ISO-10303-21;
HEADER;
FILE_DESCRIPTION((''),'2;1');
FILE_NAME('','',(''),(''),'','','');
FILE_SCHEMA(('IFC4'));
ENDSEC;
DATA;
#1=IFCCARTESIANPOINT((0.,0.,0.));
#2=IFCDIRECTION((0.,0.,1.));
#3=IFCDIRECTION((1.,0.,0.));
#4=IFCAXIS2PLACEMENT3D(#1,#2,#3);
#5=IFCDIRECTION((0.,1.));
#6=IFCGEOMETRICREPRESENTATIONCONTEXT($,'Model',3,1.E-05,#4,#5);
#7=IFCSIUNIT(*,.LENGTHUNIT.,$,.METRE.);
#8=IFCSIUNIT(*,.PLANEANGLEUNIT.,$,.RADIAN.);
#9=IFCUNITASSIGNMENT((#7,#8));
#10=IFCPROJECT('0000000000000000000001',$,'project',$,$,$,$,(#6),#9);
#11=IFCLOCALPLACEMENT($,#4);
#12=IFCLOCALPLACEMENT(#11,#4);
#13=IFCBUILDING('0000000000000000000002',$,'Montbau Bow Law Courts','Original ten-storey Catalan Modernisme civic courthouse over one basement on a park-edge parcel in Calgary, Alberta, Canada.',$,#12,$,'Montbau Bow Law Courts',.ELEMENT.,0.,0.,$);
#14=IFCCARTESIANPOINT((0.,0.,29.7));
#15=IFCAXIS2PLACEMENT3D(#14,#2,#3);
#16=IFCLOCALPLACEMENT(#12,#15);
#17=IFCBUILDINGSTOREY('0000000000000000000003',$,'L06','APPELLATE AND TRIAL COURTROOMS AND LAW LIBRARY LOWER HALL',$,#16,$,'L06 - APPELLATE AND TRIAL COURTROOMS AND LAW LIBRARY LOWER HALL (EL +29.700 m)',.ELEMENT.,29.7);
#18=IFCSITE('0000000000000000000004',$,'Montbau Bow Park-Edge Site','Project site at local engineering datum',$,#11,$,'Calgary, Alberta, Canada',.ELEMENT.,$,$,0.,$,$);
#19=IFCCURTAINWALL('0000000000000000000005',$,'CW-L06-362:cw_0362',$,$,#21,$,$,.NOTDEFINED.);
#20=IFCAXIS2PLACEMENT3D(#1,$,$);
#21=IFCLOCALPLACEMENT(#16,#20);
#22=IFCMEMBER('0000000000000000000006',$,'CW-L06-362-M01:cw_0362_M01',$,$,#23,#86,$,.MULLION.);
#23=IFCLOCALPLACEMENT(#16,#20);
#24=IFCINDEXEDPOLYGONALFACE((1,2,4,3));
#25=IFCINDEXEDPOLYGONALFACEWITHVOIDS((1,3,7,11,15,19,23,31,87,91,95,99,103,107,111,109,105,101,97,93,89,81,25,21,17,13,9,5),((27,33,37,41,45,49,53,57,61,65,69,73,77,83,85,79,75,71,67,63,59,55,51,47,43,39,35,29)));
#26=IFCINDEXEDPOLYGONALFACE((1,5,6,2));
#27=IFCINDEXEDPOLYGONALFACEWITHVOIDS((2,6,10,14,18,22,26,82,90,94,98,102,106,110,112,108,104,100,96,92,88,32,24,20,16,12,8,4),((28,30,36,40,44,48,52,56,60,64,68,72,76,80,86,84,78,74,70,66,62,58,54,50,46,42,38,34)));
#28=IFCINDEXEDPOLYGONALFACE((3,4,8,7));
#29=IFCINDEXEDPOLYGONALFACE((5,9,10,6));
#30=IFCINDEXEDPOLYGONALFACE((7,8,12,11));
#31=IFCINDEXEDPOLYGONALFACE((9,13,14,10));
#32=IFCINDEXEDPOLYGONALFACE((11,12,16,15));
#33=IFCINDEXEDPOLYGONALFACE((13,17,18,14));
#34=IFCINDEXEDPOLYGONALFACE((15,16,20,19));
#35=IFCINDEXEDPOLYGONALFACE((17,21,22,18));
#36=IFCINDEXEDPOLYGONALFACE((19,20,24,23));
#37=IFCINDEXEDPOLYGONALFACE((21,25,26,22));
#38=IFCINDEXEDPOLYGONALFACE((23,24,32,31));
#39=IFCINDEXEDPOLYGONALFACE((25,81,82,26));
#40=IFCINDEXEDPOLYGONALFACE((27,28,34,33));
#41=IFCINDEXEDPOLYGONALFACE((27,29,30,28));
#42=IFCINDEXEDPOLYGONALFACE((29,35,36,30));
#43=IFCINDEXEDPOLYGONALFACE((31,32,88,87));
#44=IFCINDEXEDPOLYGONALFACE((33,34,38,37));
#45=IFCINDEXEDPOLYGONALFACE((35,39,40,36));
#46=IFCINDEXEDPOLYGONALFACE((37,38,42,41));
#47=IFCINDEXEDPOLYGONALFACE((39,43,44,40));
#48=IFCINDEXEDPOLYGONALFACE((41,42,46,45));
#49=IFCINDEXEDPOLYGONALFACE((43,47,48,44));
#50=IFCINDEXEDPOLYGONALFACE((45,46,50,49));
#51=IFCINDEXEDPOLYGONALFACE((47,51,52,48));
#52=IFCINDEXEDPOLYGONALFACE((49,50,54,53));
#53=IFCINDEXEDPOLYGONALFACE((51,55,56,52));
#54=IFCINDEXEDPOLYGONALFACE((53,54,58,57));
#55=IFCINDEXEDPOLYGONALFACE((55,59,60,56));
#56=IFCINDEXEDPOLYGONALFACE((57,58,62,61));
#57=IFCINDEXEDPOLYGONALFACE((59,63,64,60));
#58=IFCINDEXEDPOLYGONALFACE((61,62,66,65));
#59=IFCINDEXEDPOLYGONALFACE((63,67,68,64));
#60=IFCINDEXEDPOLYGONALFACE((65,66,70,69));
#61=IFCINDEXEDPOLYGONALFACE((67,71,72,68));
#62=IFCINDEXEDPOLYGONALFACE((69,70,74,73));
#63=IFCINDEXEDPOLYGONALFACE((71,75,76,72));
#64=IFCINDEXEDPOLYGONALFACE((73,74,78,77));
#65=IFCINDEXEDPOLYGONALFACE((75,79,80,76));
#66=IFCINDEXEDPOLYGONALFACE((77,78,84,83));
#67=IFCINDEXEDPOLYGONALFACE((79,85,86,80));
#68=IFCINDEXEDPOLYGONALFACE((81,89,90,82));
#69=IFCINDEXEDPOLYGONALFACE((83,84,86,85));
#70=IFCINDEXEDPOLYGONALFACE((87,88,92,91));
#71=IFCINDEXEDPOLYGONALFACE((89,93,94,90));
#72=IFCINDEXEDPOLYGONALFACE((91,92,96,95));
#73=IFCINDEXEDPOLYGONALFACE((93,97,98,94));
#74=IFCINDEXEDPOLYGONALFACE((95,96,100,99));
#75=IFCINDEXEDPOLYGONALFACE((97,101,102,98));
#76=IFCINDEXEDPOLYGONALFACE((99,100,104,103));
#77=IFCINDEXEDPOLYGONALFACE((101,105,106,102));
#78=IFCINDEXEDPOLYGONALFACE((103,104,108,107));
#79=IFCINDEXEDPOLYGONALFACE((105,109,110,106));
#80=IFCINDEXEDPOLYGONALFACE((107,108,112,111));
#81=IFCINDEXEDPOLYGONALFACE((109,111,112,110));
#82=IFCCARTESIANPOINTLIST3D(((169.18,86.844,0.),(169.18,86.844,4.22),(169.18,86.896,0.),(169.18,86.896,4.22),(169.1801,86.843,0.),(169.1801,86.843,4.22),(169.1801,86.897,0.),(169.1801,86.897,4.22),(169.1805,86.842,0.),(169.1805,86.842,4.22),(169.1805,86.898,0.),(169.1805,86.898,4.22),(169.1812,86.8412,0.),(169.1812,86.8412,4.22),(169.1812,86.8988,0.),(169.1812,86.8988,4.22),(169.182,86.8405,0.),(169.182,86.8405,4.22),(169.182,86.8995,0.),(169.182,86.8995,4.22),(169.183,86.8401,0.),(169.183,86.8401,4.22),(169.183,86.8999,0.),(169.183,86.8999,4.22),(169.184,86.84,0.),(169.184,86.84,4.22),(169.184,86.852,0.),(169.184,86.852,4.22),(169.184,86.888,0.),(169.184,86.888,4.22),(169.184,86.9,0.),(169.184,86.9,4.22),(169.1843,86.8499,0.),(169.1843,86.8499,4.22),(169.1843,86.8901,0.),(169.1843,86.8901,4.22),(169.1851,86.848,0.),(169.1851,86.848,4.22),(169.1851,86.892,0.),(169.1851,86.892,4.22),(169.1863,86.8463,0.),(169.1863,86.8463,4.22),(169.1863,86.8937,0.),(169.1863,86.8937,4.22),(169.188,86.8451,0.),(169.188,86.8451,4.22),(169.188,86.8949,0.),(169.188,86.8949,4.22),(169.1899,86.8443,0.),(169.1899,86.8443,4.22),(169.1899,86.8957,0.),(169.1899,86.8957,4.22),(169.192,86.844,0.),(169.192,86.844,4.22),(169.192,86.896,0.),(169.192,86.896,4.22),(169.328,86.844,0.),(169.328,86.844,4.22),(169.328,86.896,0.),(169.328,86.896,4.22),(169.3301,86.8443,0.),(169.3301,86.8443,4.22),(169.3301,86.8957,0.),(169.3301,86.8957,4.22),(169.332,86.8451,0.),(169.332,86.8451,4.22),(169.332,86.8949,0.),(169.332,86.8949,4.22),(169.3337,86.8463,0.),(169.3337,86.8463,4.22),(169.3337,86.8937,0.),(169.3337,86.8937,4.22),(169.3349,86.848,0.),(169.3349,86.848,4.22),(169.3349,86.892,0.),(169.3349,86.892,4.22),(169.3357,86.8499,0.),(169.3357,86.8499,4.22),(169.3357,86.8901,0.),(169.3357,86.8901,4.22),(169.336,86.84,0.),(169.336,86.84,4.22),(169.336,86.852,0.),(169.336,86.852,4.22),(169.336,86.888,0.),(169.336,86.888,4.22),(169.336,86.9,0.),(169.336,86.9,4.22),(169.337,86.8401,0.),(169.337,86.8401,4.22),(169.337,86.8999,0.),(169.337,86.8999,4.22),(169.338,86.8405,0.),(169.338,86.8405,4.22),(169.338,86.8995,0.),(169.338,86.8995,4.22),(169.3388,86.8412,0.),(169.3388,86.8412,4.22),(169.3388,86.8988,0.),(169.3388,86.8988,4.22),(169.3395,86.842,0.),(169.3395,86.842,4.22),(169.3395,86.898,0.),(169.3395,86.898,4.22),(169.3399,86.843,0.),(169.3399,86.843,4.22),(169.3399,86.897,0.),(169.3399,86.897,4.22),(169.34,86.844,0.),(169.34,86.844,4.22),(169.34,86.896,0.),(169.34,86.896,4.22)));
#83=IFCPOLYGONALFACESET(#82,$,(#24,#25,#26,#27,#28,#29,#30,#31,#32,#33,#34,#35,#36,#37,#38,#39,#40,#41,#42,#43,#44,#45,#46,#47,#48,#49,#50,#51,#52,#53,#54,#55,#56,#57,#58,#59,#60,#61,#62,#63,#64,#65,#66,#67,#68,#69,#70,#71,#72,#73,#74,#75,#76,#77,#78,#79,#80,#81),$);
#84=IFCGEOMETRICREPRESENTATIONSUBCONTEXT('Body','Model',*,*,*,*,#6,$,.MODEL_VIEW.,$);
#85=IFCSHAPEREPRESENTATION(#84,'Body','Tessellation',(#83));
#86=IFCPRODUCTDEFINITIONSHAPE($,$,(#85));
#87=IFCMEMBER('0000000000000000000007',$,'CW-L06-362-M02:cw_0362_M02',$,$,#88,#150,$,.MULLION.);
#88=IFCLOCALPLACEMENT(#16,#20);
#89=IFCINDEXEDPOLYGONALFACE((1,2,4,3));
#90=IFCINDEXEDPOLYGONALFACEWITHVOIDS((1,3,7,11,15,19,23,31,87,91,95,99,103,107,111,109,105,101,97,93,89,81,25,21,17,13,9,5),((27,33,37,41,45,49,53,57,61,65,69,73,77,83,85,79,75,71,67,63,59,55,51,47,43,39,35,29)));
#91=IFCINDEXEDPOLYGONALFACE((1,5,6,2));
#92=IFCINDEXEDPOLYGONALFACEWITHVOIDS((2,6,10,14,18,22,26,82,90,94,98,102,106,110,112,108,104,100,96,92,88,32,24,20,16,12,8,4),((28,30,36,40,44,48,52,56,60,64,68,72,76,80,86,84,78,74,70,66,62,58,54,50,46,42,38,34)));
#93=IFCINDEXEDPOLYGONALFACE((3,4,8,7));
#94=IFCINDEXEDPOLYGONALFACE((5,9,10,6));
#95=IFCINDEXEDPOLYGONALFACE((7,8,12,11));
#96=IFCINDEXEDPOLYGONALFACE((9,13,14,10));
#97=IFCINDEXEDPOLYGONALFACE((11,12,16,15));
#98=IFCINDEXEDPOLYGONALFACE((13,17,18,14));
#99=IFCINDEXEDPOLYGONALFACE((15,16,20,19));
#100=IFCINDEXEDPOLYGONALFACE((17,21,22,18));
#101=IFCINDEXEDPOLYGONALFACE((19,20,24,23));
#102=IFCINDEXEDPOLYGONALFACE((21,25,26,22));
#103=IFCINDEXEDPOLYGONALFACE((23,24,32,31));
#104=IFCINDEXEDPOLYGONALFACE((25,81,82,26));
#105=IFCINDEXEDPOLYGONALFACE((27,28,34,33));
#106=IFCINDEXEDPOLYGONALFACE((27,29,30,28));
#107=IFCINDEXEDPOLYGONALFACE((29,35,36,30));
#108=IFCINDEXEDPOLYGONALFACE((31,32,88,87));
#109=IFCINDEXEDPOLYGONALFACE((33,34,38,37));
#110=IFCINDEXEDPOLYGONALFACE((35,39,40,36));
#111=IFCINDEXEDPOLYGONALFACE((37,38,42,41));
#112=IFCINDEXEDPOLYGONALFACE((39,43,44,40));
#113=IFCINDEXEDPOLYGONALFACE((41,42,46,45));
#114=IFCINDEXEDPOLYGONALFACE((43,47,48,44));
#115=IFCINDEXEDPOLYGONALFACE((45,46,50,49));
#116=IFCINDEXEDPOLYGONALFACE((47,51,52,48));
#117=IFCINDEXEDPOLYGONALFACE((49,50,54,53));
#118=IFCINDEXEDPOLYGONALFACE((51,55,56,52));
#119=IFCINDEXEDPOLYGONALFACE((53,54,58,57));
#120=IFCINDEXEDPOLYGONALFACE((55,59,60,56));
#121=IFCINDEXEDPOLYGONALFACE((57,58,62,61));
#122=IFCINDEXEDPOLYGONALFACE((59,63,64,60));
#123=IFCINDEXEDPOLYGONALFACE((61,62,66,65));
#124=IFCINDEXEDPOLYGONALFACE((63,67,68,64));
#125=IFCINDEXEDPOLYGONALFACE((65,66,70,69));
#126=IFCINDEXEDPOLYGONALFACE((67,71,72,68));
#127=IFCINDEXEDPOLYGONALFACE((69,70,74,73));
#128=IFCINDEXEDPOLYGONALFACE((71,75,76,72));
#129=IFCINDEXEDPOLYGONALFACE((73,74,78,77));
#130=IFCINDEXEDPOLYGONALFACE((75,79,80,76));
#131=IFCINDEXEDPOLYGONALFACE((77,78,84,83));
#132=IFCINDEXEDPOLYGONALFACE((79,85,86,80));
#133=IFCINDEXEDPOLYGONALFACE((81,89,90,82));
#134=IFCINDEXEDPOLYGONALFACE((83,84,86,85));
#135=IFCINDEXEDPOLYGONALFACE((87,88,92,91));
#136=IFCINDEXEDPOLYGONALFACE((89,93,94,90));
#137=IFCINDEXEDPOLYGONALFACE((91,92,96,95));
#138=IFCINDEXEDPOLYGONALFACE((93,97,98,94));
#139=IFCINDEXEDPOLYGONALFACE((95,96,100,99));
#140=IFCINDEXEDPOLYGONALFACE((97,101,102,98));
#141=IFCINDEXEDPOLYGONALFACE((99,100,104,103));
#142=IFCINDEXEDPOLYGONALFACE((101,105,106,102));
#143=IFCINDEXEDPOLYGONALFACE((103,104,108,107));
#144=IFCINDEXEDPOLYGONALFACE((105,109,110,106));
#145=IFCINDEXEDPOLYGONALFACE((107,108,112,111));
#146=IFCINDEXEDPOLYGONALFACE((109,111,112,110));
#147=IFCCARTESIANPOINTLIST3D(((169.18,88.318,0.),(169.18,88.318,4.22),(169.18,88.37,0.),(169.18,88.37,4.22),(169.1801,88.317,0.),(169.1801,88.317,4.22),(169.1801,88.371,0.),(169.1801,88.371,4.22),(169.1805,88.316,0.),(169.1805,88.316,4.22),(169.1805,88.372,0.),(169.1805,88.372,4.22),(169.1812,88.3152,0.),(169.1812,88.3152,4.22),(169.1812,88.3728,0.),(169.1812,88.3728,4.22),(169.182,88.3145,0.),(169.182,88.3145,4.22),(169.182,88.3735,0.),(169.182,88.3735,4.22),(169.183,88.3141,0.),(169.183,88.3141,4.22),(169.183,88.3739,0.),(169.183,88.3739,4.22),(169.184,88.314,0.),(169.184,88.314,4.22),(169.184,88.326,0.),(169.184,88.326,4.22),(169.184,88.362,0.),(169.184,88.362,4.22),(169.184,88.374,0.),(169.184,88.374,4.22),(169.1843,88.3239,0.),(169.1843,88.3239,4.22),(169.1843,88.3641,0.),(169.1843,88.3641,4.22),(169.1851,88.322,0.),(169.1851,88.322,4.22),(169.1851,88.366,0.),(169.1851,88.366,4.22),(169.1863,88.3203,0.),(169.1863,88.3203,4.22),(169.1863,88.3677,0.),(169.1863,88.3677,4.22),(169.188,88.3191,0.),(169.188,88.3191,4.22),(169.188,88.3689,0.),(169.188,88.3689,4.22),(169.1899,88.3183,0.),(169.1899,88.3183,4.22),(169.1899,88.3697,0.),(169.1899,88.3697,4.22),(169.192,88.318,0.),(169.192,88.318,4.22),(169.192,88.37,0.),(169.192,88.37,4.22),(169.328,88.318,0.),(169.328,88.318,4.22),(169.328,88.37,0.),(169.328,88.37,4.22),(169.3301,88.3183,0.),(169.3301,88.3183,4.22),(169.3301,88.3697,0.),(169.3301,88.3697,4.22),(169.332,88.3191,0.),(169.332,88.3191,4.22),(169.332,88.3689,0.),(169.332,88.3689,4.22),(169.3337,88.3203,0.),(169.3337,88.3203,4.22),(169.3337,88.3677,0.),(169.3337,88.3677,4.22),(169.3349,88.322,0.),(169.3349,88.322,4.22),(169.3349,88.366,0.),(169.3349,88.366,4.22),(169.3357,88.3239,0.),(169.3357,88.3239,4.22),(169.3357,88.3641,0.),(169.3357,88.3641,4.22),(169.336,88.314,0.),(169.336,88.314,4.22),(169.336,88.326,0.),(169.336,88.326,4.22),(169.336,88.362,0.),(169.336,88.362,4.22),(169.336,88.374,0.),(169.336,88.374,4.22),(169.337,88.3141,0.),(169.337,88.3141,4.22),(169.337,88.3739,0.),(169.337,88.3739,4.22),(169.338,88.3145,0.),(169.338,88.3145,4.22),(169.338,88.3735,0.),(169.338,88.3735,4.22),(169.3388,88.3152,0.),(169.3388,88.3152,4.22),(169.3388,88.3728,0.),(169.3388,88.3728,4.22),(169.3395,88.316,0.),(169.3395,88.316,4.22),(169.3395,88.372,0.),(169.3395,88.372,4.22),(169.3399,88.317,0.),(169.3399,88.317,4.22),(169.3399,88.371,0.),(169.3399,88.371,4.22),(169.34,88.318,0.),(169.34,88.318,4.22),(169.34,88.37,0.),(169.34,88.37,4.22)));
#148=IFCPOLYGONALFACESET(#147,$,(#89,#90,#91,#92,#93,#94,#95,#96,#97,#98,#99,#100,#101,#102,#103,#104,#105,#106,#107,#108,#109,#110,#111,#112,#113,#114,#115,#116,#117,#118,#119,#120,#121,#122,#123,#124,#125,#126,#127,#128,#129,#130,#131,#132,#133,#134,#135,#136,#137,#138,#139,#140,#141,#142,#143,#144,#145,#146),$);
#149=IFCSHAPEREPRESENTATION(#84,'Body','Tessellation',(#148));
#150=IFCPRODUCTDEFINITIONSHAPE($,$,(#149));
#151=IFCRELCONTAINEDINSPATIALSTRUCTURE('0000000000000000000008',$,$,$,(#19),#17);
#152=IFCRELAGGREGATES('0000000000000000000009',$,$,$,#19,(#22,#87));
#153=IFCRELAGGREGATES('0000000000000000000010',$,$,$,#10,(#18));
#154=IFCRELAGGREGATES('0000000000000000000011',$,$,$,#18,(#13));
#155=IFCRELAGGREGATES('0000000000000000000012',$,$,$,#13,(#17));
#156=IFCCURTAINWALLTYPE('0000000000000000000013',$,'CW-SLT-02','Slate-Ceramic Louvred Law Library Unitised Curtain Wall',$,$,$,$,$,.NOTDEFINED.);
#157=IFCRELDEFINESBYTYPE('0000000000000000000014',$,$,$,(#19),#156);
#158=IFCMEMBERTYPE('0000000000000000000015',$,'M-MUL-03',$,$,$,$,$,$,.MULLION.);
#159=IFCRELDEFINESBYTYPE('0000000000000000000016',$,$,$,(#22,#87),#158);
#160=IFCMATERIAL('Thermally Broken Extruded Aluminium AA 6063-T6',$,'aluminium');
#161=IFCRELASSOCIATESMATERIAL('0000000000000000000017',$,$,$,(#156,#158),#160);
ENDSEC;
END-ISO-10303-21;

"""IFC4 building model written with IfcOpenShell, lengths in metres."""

from ifc_helpers import new_model, si_unit, direction, frame, origin_with_axes, origin_2d_with_axis, place, context, subcontext, project, spatial, hollow_rectangle, extrude, material, material_profile, profile_set, type_object, element, aggregate, save


model = new_model("IFC4")

# Units and contexts
model_context = context("Model", 3, precision=1e-05, world=origin_with_axes(), true_north=direction((0.0, 1.0)))
body_context = subcontext(model_context, "Body", "Model", "MODEL_VIEW")
ifc_project = project(units=[si_unit("LENGTHUNIT", "METRE"), si_unit("PLANEANGLEUNIT", "RADIAN")], contexts=[model_context])

# Site, building, storey
site_placement = place(None, origin_with_axes())
site = spatial("IfcSite", under=ifc_project, at=site_placement, Name="Montbau Bow Park-Edge Site", Description="Project site at local engineering datum", LongName="Calgary, Alberta, Canada", CompositionType="ELEMENT", RefElevation=0.0)
building_placement = place(site_placement, origin_with_axes())
building = spatial("IfcBuilding", under=site, at=building_placement, Name="Montbau Bow Law Courts", Description="Original ten-storey Catalan Modernisme civic courthouse over one basement on a park-edge parcel in Calgary, Alberta, Canada.", LongName="Montbau Bow Law Courts", CompositionType="ELEMENT", ElevationOfRefHeight=0.0, ElevationOfTerrain=0.0)
storey_placement = place(building_placement, frame((0.0, 0.0, 29.7), z_axis=(0.0, 0.0, 1.0), x_axis=(1.0, 0.0, 0.0)))
storey = spatial("IfcBuildingStorey", under=building, at=storey_placement, Name="L06", Description="APPELLATE AND TRIAL COURTROOMS AND LAW LIBRARY LOWER HALL", LongName="L06 - APPELLATE AND TRIAL COURTROOMS AND LAW LIBRARY LOWER HALL (EL +29.700 m)", CompositionType="ELEMENT", Elevation=29.7)

# Curtain wall, members
ifc_material_1 = material(Name="Thermally Broken Extruded Aluminium AA 6063-T6", Category="aluminium")
curtain_wall_type = type_object("IfcCurtainWallType", Name="CW-SLT-02", Description="Slate-Ceramic Louvred Law Library Unitised Curtain Wall", PredefinedType="NOTDEFINED", material=ifc_material_1)
curtain_wall_1_placement = place(None, frame((169.26, 86.84, 29.7), z_axis=(0.0, 0.0, 1.0), x_axis=(1.0, 0.0, 0.0)))
curtain_wall_1 = element("IfcCurtainWall", 1, at=curtain_wall_1_placement, inside=storey, type_object=curtain_wall_type, Name="CW-L06-362:cw_0362", PredefinedType="NOTDEFINED")
ifc_material_profile_1 = material_profile(ifc_material_1, hollow_rectangle(XDim=0.06, YDim=0.16, WallThickness=0.004, InnerFilletRadius=0.008, OuterFilletRadius=0.004, at=origin_2d_with_axis()), Name="CWM-160X60", Category="Main", Priority=0)
ifc_profile_set_1 = profile_set([ifc_material_profile_1], Name="Thermally Broken Extruded Aluminium AA 6063-T6")
member_type_1 = type_object("IfcMemberType", Name="M-MUL-03", PredefinedType="MULLION", material=ifc_profile_set_1)
member_1_placement = place(None, frame((169.26, 86.87, 29.7), z_axis=(0.0, 0.0, 1.0), x_axis=(0.0, 1.0, 0.0)))
member_1 = element("IfcMember", 2, at=member_1_placement, type_object=member_type_1, Name="CW-L06-362-M01:cw_0362_M01", PredefinedType="MULLION", context=body_context, shape_type="SweptSolid", body=[
    extrude(hollow_rectangle(XDim=0.06, YDim=0.16, WallThickness=0.004, InnerFilletRadius=0.008, OuterFilletRadius=0.004, at=origin_2d_with_axis()), origin_with_axes(), (0.0, 0.0, 1.0), 4.22),
])
member_2_placement = place(None, frame((169.26, 88.344, 29.7), z_axis=(0.0, 0.0, 1.0), x_axis=(0.0, 1.0, 0.0)))
member_2 = element("IfcMember", 3, at=member_2_placement, type_object=member_type_1, Name="CW-L06-362-M02:cw_0362_M02", PredefinedType="MULLION", context=body_context, shape_type="SweptSolid", body=[
    extrude(hollow_rectangle(XDim=0.06, YDim=0.16, WallThickness=0.004, InnerFilletRadius=0.008, OuterFilletRadius=0.004, at=origin_2d_with_axis()), origin_with_axes(), (0.0, 0.0, 1.0), 4.22),
])

aggregate(curtain_wall_1, [member_1, member_2])

save(model, "model.ifc")
